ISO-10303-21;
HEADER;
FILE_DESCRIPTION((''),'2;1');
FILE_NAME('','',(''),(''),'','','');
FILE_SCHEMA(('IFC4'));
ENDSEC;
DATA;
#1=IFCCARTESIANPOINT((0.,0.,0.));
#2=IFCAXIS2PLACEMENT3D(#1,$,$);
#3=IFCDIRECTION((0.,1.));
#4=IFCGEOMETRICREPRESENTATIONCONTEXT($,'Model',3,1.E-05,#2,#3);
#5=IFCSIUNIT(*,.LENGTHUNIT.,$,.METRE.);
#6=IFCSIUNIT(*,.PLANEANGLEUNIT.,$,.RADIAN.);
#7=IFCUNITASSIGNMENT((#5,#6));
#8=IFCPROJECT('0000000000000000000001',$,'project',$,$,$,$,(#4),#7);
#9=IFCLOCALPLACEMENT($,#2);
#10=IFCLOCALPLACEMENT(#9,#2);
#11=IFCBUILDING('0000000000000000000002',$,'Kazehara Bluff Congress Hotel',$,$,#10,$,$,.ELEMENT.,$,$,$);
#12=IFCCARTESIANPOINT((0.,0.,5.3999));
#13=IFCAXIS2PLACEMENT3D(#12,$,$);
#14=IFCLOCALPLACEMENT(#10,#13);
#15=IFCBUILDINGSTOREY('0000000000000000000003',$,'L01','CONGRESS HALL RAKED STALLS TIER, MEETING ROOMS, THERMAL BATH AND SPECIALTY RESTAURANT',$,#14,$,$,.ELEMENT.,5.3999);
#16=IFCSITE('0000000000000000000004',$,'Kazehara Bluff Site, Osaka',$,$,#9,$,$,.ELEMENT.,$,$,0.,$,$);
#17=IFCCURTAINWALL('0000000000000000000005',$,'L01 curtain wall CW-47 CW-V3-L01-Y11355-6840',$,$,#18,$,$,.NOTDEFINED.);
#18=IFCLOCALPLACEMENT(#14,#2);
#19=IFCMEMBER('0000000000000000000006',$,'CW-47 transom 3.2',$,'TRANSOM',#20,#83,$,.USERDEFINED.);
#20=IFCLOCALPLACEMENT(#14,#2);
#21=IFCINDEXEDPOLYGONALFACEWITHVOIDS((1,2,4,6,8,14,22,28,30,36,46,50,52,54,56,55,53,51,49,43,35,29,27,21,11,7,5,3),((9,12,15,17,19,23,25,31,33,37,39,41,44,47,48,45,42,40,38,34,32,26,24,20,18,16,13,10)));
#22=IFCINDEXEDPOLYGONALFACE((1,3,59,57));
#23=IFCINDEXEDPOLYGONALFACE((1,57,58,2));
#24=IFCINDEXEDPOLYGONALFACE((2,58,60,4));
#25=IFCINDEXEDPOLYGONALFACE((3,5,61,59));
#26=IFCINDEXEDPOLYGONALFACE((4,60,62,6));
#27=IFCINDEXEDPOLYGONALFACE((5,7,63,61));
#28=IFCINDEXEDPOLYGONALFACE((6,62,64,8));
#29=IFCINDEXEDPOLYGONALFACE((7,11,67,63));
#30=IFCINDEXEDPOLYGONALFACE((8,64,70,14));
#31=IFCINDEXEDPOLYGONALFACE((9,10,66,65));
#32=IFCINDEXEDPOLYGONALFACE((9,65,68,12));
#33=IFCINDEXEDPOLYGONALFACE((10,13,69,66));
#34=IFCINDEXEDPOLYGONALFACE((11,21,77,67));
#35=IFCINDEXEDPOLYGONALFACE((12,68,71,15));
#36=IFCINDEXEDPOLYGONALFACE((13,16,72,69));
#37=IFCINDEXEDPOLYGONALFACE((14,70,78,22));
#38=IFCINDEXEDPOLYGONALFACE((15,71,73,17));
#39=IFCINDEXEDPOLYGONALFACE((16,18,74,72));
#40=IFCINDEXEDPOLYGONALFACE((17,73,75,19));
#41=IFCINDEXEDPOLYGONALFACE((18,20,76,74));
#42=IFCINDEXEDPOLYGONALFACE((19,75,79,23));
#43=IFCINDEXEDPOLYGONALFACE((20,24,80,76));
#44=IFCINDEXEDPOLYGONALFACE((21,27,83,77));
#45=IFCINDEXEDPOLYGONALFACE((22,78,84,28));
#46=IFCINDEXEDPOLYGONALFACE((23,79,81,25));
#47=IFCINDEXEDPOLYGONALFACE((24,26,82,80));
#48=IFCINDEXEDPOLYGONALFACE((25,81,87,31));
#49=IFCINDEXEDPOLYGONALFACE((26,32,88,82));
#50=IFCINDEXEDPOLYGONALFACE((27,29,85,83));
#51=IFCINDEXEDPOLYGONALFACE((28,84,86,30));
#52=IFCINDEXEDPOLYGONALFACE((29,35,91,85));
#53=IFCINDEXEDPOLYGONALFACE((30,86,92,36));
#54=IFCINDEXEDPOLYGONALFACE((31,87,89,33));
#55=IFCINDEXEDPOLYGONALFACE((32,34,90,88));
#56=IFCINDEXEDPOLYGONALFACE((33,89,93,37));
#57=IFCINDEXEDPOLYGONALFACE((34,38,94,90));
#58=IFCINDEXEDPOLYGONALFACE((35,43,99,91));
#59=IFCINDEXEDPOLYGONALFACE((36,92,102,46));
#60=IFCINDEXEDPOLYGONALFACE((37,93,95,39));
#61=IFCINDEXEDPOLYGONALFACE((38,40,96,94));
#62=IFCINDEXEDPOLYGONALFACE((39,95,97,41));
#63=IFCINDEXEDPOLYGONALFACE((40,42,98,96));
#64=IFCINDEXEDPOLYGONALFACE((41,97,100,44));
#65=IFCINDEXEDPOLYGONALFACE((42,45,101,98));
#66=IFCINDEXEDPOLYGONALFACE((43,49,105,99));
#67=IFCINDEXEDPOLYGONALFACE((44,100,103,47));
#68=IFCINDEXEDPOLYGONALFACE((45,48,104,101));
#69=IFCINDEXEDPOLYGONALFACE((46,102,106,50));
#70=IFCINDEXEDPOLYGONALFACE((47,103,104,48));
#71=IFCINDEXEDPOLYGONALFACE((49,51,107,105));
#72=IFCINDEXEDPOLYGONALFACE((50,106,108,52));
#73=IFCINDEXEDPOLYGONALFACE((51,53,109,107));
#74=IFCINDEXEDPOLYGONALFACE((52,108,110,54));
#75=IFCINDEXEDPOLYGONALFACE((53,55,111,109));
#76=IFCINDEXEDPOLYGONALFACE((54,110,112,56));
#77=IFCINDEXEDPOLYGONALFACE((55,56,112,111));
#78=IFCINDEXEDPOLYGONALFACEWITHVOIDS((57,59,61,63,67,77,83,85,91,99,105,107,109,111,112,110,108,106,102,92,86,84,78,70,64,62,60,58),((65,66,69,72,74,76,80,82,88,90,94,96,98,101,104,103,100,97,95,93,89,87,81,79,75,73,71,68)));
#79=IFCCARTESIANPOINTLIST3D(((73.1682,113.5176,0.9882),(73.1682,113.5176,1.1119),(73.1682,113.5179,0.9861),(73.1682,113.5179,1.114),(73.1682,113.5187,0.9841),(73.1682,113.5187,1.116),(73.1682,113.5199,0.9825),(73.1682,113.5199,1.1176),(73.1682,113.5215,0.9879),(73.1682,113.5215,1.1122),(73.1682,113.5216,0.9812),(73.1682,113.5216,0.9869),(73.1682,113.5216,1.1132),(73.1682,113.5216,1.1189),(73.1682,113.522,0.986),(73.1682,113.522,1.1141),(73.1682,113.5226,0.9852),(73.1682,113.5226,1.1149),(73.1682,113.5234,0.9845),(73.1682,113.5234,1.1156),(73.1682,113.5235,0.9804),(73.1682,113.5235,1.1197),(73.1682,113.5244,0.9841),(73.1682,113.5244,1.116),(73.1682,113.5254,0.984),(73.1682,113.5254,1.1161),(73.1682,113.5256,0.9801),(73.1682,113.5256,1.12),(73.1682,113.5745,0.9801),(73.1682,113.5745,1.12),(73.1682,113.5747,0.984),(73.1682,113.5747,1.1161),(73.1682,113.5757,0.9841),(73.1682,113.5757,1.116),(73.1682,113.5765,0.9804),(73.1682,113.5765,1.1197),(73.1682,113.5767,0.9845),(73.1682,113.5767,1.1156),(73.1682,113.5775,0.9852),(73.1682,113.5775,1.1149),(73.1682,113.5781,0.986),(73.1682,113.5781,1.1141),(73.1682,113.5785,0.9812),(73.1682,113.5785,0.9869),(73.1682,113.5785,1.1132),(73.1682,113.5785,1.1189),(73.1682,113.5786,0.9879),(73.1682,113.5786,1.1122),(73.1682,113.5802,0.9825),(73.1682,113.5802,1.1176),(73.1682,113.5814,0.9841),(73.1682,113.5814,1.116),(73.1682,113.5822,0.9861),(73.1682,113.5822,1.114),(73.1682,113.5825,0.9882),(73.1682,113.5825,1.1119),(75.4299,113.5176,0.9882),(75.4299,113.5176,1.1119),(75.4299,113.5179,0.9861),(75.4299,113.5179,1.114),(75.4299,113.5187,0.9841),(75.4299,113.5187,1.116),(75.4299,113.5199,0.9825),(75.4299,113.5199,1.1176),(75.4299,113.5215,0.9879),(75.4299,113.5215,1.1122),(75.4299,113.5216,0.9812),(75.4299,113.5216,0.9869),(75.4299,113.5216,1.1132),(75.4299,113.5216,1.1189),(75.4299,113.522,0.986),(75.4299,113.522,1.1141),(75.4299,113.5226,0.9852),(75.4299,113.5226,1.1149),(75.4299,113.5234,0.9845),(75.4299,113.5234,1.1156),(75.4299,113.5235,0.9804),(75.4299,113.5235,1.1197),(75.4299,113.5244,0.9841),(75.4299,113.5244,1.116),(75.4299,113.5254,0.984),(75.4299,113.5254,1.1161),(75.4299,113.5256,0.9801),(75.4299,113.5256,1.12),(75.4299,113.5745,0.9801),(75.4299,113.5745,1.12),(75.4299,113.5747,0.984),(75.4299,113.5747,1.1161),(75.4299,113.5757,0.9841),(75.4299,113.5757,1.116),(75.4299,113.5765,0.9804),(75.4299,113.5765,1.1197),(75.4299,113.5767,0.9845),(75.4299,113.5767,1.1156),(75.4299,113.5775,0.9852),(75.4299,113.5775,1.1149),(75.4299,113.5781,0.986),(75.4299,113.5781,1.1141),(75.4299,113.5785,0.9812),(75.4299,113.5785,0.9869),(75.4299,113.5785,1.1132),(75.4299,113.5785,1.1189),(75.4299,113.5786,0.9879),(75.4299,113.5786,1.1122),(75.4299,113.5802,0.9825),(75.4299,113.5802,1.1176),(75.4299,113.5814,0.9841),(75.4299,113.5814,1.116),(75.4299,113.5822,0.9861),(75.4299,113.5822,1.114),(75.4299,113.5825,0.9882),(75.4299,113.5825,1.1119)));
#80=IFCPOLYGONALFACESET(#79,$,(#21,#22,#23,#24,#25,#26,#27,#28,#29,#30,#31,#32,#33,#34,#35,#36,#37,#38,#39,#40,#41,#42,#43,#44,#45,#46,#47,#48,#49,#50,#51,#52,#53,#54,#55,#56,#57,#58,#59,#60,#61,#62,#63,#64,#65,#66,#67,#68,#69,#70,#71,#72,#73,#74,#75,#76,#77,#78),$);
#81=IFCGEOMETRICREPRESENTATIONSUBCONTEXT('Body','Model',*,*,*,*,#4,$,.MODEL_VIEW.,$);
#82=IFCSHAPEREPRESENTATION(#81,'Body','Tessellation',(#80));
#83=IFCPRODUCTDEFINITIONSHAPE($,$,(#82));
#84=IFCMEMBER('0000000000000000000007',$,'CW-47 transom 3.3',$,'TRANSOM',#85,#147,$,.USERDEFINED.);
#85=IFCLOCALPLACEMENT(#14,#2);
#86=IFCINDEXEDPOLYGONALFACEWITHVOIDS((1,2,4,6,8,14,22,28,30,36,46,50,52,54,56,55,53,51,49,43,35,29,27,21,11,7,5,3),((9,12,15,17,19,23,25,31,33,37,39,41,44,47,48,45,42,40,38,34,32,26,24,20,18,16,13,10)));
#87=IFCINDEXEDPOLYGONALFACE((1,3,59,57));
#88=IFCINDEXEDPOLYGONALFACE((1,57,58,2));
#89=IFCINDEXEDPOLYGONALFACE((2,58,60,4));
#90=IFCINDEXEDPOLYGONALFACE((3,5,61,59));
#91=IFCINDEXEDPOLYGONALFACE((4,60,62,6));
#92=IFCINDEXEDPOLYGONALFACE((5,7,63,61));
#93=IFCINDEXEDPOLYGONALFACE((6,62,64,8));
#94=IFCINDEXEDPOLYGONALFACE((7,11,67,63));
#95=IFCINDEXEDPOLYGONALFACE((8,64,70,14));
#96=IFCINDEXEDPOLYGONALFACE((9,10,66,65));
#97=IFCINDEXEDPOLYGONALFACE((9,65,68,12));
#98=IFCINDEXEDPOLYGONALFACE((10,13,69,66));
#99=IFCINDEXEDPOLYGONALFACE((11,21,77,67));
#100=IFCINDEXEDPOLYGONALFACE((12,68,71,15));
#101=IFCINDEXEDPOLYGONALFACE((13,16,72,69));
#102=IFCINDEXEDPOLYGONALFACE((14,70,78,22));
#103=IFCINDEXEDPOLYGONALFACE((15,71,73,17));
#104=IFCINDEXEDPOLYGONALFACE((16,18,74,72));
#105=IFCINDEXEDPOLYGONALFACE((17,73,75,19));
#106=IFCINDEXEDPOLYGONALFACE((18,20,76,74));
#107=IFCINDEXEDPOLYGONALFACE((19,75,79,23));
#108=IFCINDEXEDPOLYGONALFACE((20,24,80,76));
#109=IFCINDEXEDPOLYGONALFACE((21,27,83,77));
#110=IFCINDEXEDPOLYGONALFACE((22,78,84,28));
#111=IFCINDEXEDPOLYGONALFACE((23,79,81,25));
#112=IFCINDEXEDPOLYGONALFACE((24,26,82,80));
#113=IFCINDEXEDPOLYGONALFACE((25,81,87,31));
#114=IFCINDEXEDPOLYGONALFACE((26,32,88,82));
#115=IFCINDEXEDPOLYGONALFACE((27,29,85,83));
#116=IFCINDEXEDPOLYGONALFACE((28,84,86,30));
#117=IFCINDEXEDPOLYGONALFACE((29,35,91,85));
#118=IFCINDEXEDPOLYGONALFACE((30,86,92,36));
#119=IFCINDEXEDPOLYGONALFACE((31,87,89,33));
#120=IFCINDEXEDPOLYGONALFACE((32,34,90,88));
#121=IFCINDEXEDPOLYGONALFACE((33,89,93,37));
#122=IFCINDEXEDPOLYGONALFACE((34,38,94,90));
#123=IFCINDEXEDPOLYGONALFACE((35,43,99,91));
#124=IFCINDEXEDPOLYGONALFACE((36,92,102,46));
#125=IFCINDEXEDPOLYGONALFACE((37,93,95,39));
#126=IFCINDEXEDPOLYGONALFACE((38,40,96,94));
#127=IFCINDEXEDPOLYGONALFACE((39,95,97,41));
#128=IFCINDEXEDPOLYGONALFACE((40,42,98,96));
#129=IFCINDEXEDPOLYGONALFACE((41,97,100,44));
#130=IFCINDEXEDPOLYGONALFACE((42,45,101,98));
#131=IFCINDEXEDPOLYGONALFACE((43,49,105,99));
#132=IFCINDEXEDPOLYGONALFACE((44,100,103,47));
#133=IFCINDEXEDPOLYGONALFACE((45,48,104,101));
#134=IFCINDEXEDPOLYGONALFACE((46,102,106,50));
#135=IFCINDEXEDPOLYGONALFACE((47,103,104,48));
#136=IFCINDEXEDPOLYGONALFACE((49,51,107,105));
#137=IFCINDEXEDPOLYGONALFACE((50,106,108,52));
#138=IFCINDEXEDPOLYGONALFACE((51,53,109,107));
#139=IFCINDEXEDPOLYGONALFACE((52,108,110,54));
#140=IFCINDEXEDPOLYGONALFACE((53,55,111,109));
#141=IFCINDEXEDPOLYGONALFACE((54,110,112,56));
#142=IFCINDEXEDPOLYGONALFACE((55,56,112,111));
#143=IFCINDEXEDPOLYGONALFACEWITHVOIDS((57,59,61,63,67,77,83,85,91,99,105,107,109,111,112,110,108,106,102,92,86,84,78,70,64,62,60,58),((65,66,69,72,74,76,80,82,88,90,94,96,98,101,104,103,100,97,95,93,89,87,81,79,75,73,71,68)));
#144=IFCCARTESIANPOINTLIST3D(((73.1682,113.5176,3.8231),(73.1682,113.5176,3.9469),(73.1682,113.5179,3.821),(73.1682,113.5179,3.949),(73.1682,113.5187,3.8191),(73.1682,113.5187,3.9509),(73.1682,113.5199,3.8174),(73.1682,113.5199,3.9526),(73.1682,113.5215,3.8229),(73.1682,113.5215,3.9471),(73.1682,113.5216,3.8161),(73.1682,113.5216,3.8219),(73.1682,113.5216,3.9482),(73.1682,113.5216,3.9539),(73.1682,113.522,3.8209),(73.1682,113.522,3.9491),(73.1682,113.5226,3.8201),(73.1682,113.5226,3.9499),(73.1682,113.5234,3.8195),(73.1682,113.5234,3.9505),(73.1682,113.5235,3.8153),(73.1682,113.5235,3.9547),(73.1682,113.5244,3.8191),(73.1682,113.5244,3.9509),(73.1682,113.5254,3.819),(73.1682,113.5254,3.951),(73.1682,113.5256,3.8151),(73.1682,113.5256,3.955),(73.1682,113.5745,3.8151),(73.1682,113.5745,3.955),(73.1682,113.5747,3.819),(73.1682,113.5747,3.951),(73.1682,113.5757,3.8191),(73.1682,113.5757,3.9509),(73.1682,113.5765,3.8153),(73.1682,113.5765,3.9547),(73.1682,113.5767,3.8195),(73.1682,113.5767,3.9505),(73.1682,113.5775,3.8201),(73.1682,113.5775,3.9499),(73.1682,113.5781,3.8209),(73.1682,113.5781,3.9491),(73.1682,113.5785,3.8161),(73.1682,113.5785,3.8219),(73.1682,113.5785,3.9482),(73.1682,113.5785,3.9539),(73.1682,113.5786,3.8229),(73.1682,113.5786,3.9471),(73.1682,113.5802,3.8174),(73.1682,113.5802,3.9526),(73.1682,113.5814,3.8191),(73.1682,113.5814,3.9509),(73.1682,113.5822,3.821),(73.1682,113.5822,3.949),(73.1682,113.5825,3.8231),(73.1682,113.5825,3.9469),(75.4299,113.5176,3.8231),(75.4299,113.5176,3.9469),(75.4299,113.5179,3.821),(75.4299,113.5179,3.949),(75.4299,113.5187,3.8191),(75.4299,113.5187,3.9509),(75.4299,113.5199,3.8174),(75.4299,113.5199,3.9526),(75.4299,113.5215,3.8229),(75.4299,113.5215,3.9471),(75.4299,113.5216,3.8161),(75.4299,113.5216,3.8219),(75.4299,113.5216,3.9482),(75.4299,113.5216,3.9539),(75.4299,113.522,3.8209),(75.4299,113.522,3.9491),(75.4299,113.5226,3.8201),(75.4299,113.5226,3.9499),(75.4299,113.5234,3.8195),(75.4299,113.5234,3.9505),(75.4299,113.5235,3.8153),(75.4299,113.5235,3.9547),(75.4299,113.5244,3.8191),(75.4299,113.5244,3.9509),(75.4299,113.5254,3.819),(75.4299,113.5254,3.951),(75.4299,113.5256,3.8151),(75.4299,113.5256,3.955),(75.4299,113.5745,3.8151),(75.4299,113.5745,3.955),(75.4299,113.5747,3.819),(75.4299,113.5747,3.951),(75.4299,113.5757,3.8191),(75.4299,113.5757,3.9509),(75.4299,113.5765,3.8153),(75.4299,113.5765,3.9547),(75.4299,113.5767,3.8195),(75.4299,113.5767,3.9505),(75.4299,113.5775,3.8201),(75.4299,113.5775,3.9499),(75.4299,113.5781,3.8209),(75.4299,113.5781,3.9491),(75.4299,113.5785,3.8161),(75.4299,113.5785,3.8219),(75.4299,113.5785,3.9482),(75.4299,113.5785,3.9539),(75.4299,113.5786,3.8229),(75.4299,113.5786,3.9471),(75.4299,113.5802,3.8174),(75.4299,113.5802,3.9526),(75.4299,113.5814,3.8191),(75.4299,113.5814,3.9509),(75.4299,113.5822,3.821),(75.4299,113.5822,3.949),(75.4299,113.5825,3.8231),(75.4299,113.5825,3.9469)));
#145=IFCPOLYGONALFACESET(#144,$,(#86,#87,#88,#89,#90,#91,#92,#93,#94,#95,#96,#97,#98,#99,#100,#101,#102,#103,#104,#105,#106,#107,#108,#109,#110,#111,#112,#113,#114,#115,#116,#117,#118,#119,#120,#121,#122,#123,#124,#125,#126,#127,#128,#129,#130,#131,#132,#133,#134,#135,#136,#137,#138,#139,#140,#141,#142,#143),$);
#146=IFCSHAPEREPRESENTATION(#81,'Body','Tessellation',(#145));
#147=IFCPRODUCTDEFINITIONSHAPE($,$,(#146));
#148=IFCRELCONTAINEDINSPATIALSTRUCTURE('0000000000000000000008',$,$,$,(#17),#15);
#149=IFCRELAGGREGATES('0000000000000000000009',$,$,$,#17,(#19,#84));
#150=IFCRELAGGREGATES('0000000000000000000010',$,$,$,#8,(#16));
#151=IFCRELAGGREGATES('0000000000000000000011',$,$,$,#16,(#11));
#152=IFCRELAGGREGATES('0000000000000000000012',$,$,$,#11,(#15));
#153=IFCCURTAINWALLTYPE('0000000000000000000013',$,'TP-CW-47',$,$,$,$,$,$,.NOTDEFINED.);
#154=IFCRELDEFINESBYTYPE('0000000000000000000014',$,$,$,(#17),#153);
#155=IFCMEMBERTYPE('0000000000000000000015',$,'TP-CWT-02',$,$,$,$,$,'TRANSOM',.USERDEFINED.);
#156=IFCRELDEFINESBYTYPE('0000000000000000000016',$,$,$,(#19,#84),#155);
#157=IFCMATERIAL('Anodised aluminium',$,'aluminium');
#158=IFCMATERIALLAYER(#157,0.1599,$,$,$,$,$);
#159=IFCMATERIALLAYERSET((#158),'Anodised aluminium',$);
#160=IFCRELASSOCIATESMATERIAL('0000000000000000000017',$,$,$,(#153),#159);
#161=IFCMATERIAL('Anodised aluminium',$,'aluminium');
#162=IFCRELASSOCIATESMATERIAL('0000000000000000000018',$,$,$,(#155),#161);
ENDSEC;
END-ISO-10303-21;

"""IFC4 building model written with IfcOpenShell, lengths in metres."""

from ifc_helpers import new_model, si_unit, direction, frame, origin, origin_2d, place, context, subcontext, project, spatial, hollow_rectangle, extrude, material, layer, layer_set, material_profile, profile_set, type_object, element, aggregate, save


model = new_model("IFC4")

# Units and contexts
model_context = context("Model", 3, precision=1e-05, world=origin(), true_north=direction((0.0, 1.0)))
body_context = subcontext(model_context, "Body", "Model", "MODEL_VIEW")
ifc_project = project(units=[si_unit("LENGTHUNIT", "METRE"), si_unit("PLANEANGLEUNIT", "RADIAN")], contexts=[model_context])

# Site, building, storey
site_placement = place(None, origin())
site = spatial("IfcSite", under=ifc_project, at=site_placement, Name="Kazehara Bluff Site, Osaka", CompositionType="ELEMENT", RefElevation=0.0)
building_placement = place(site_placement, origin())
building = spatial("IfcBuilding", under=site, at=building_placement, Name="Kazehara Bluff Congress Hotel", CompositionType="ELEMENT")
storey_placement = place(building_placement, frame((0.0, 0.0, 5.3999)))
storey = spatial("IfcBuildingStorey", under=building, at=storey_placement, Name="L01", Description="CONGRESS HALL RAKED STALLS TIER, MEETING ROOMS, THERMAL BATH AND SPECIALTY RESTAURANT", CompositionType="ELEMENT", Elevation=5.3999)

# Curtain wall
ifc_material_1 = material(Name="Anodised aluminium", Category="aluminium")
ifc_layer_1 = layer(ifc_material_1, 0.1599)
ifc_layer_set_1 = layer_set([ifc_layer_1], Name="Anodised aluminium")
curtain_wall_type_1 = type_object("IfcCurtainWallType", Name="TP-CW-47", PredefinedType="NOTDEFINED", material=ifc_layer_set_1)
curtain_wall_1_placement = place(storey_placement, origin())
curtain_wall_1 = element("IfcCurtainWall", 1, at=curtain_wall_1_placement, inside=storey, type_object=curtain_wall_type_1, Name="L01 curtain wall CW-47 CW-V3-L01-Y11355-6840", PredefinedType="NOTDEFINED")

# Members
ifc_material_2 = material(Name="Anodised aluminium", Category="aluminium")
ifc_material_profile_1 = material_profile(ifc_material_2, hollow_rectangle(XDim=0.0649, YDim=0.1399, WallThickness=0.0039, InnerFilletRadius=0.0039, OuterFilletRadius=0.0081, at=origin_2d()))
ifc_profile_set_1 = profile_set([ifc_material_profile_1], Name="Anodised aluminium")
member_type_1 = type_object("IfcMemberType", Name="TP-CWT-02", ElementType="TRANSOM", PredefinedType="USERDEFINED", material=ifc_profile_set_1)
member_1_placement = place(storey_placement, frame((73.1682, 113.55, 1.05), z_axis=(1.0, 0.0, 0.0), x_axis=(0.0, 1.0, 0.0)))
member_1 = element("IfcMember", 2, at=member_1_placement, type_object=member_type_1, Name="CW-47 transom 3.2", ObjectType="TRANSOM", PredefinedType="USERDEFINED", context=body_context, shape_type="SweptSolid", body=[
    extrude(hollow_rectangle(XDim=0.0649, YDim=0.1399, WallThickness=0.0039, InnerFilletRadius=0.0039, OuterFilletRadius=0.0081, at=origin_2d()), origin(), (0.0, 0.0, 1.0), 2.2617),
])
member_2_placement = place(storey_placement, frame((73.1682, 113.55, 3.885), z_axis=(1.0, 0.0, 0.0), x_axis=(0.0, 1.0, 0.0)))
member_2 = element("IfcMember", 3, at=member_2_placement, type_object=member_type_1, Name="CW-47 transom 3.3", ObjectType="TRANSOM", PredefinedType="USERDEFINED", context=body_context, shape_type="SweptSolid", body=[
    extrude(hollow_rectangle(XDim=0.0649, YDim=0.1399, WallThickness=0.0039, InnerFilletRadius=0.0039, OuterFilletRadius=0.0081, at=origin_2d()), origin(), (0.0, 0.0, 1.0), 2.2617),
])

aggregate(curtain_wall_1, [member_1, member_2])

save(model, "model.ifc")
